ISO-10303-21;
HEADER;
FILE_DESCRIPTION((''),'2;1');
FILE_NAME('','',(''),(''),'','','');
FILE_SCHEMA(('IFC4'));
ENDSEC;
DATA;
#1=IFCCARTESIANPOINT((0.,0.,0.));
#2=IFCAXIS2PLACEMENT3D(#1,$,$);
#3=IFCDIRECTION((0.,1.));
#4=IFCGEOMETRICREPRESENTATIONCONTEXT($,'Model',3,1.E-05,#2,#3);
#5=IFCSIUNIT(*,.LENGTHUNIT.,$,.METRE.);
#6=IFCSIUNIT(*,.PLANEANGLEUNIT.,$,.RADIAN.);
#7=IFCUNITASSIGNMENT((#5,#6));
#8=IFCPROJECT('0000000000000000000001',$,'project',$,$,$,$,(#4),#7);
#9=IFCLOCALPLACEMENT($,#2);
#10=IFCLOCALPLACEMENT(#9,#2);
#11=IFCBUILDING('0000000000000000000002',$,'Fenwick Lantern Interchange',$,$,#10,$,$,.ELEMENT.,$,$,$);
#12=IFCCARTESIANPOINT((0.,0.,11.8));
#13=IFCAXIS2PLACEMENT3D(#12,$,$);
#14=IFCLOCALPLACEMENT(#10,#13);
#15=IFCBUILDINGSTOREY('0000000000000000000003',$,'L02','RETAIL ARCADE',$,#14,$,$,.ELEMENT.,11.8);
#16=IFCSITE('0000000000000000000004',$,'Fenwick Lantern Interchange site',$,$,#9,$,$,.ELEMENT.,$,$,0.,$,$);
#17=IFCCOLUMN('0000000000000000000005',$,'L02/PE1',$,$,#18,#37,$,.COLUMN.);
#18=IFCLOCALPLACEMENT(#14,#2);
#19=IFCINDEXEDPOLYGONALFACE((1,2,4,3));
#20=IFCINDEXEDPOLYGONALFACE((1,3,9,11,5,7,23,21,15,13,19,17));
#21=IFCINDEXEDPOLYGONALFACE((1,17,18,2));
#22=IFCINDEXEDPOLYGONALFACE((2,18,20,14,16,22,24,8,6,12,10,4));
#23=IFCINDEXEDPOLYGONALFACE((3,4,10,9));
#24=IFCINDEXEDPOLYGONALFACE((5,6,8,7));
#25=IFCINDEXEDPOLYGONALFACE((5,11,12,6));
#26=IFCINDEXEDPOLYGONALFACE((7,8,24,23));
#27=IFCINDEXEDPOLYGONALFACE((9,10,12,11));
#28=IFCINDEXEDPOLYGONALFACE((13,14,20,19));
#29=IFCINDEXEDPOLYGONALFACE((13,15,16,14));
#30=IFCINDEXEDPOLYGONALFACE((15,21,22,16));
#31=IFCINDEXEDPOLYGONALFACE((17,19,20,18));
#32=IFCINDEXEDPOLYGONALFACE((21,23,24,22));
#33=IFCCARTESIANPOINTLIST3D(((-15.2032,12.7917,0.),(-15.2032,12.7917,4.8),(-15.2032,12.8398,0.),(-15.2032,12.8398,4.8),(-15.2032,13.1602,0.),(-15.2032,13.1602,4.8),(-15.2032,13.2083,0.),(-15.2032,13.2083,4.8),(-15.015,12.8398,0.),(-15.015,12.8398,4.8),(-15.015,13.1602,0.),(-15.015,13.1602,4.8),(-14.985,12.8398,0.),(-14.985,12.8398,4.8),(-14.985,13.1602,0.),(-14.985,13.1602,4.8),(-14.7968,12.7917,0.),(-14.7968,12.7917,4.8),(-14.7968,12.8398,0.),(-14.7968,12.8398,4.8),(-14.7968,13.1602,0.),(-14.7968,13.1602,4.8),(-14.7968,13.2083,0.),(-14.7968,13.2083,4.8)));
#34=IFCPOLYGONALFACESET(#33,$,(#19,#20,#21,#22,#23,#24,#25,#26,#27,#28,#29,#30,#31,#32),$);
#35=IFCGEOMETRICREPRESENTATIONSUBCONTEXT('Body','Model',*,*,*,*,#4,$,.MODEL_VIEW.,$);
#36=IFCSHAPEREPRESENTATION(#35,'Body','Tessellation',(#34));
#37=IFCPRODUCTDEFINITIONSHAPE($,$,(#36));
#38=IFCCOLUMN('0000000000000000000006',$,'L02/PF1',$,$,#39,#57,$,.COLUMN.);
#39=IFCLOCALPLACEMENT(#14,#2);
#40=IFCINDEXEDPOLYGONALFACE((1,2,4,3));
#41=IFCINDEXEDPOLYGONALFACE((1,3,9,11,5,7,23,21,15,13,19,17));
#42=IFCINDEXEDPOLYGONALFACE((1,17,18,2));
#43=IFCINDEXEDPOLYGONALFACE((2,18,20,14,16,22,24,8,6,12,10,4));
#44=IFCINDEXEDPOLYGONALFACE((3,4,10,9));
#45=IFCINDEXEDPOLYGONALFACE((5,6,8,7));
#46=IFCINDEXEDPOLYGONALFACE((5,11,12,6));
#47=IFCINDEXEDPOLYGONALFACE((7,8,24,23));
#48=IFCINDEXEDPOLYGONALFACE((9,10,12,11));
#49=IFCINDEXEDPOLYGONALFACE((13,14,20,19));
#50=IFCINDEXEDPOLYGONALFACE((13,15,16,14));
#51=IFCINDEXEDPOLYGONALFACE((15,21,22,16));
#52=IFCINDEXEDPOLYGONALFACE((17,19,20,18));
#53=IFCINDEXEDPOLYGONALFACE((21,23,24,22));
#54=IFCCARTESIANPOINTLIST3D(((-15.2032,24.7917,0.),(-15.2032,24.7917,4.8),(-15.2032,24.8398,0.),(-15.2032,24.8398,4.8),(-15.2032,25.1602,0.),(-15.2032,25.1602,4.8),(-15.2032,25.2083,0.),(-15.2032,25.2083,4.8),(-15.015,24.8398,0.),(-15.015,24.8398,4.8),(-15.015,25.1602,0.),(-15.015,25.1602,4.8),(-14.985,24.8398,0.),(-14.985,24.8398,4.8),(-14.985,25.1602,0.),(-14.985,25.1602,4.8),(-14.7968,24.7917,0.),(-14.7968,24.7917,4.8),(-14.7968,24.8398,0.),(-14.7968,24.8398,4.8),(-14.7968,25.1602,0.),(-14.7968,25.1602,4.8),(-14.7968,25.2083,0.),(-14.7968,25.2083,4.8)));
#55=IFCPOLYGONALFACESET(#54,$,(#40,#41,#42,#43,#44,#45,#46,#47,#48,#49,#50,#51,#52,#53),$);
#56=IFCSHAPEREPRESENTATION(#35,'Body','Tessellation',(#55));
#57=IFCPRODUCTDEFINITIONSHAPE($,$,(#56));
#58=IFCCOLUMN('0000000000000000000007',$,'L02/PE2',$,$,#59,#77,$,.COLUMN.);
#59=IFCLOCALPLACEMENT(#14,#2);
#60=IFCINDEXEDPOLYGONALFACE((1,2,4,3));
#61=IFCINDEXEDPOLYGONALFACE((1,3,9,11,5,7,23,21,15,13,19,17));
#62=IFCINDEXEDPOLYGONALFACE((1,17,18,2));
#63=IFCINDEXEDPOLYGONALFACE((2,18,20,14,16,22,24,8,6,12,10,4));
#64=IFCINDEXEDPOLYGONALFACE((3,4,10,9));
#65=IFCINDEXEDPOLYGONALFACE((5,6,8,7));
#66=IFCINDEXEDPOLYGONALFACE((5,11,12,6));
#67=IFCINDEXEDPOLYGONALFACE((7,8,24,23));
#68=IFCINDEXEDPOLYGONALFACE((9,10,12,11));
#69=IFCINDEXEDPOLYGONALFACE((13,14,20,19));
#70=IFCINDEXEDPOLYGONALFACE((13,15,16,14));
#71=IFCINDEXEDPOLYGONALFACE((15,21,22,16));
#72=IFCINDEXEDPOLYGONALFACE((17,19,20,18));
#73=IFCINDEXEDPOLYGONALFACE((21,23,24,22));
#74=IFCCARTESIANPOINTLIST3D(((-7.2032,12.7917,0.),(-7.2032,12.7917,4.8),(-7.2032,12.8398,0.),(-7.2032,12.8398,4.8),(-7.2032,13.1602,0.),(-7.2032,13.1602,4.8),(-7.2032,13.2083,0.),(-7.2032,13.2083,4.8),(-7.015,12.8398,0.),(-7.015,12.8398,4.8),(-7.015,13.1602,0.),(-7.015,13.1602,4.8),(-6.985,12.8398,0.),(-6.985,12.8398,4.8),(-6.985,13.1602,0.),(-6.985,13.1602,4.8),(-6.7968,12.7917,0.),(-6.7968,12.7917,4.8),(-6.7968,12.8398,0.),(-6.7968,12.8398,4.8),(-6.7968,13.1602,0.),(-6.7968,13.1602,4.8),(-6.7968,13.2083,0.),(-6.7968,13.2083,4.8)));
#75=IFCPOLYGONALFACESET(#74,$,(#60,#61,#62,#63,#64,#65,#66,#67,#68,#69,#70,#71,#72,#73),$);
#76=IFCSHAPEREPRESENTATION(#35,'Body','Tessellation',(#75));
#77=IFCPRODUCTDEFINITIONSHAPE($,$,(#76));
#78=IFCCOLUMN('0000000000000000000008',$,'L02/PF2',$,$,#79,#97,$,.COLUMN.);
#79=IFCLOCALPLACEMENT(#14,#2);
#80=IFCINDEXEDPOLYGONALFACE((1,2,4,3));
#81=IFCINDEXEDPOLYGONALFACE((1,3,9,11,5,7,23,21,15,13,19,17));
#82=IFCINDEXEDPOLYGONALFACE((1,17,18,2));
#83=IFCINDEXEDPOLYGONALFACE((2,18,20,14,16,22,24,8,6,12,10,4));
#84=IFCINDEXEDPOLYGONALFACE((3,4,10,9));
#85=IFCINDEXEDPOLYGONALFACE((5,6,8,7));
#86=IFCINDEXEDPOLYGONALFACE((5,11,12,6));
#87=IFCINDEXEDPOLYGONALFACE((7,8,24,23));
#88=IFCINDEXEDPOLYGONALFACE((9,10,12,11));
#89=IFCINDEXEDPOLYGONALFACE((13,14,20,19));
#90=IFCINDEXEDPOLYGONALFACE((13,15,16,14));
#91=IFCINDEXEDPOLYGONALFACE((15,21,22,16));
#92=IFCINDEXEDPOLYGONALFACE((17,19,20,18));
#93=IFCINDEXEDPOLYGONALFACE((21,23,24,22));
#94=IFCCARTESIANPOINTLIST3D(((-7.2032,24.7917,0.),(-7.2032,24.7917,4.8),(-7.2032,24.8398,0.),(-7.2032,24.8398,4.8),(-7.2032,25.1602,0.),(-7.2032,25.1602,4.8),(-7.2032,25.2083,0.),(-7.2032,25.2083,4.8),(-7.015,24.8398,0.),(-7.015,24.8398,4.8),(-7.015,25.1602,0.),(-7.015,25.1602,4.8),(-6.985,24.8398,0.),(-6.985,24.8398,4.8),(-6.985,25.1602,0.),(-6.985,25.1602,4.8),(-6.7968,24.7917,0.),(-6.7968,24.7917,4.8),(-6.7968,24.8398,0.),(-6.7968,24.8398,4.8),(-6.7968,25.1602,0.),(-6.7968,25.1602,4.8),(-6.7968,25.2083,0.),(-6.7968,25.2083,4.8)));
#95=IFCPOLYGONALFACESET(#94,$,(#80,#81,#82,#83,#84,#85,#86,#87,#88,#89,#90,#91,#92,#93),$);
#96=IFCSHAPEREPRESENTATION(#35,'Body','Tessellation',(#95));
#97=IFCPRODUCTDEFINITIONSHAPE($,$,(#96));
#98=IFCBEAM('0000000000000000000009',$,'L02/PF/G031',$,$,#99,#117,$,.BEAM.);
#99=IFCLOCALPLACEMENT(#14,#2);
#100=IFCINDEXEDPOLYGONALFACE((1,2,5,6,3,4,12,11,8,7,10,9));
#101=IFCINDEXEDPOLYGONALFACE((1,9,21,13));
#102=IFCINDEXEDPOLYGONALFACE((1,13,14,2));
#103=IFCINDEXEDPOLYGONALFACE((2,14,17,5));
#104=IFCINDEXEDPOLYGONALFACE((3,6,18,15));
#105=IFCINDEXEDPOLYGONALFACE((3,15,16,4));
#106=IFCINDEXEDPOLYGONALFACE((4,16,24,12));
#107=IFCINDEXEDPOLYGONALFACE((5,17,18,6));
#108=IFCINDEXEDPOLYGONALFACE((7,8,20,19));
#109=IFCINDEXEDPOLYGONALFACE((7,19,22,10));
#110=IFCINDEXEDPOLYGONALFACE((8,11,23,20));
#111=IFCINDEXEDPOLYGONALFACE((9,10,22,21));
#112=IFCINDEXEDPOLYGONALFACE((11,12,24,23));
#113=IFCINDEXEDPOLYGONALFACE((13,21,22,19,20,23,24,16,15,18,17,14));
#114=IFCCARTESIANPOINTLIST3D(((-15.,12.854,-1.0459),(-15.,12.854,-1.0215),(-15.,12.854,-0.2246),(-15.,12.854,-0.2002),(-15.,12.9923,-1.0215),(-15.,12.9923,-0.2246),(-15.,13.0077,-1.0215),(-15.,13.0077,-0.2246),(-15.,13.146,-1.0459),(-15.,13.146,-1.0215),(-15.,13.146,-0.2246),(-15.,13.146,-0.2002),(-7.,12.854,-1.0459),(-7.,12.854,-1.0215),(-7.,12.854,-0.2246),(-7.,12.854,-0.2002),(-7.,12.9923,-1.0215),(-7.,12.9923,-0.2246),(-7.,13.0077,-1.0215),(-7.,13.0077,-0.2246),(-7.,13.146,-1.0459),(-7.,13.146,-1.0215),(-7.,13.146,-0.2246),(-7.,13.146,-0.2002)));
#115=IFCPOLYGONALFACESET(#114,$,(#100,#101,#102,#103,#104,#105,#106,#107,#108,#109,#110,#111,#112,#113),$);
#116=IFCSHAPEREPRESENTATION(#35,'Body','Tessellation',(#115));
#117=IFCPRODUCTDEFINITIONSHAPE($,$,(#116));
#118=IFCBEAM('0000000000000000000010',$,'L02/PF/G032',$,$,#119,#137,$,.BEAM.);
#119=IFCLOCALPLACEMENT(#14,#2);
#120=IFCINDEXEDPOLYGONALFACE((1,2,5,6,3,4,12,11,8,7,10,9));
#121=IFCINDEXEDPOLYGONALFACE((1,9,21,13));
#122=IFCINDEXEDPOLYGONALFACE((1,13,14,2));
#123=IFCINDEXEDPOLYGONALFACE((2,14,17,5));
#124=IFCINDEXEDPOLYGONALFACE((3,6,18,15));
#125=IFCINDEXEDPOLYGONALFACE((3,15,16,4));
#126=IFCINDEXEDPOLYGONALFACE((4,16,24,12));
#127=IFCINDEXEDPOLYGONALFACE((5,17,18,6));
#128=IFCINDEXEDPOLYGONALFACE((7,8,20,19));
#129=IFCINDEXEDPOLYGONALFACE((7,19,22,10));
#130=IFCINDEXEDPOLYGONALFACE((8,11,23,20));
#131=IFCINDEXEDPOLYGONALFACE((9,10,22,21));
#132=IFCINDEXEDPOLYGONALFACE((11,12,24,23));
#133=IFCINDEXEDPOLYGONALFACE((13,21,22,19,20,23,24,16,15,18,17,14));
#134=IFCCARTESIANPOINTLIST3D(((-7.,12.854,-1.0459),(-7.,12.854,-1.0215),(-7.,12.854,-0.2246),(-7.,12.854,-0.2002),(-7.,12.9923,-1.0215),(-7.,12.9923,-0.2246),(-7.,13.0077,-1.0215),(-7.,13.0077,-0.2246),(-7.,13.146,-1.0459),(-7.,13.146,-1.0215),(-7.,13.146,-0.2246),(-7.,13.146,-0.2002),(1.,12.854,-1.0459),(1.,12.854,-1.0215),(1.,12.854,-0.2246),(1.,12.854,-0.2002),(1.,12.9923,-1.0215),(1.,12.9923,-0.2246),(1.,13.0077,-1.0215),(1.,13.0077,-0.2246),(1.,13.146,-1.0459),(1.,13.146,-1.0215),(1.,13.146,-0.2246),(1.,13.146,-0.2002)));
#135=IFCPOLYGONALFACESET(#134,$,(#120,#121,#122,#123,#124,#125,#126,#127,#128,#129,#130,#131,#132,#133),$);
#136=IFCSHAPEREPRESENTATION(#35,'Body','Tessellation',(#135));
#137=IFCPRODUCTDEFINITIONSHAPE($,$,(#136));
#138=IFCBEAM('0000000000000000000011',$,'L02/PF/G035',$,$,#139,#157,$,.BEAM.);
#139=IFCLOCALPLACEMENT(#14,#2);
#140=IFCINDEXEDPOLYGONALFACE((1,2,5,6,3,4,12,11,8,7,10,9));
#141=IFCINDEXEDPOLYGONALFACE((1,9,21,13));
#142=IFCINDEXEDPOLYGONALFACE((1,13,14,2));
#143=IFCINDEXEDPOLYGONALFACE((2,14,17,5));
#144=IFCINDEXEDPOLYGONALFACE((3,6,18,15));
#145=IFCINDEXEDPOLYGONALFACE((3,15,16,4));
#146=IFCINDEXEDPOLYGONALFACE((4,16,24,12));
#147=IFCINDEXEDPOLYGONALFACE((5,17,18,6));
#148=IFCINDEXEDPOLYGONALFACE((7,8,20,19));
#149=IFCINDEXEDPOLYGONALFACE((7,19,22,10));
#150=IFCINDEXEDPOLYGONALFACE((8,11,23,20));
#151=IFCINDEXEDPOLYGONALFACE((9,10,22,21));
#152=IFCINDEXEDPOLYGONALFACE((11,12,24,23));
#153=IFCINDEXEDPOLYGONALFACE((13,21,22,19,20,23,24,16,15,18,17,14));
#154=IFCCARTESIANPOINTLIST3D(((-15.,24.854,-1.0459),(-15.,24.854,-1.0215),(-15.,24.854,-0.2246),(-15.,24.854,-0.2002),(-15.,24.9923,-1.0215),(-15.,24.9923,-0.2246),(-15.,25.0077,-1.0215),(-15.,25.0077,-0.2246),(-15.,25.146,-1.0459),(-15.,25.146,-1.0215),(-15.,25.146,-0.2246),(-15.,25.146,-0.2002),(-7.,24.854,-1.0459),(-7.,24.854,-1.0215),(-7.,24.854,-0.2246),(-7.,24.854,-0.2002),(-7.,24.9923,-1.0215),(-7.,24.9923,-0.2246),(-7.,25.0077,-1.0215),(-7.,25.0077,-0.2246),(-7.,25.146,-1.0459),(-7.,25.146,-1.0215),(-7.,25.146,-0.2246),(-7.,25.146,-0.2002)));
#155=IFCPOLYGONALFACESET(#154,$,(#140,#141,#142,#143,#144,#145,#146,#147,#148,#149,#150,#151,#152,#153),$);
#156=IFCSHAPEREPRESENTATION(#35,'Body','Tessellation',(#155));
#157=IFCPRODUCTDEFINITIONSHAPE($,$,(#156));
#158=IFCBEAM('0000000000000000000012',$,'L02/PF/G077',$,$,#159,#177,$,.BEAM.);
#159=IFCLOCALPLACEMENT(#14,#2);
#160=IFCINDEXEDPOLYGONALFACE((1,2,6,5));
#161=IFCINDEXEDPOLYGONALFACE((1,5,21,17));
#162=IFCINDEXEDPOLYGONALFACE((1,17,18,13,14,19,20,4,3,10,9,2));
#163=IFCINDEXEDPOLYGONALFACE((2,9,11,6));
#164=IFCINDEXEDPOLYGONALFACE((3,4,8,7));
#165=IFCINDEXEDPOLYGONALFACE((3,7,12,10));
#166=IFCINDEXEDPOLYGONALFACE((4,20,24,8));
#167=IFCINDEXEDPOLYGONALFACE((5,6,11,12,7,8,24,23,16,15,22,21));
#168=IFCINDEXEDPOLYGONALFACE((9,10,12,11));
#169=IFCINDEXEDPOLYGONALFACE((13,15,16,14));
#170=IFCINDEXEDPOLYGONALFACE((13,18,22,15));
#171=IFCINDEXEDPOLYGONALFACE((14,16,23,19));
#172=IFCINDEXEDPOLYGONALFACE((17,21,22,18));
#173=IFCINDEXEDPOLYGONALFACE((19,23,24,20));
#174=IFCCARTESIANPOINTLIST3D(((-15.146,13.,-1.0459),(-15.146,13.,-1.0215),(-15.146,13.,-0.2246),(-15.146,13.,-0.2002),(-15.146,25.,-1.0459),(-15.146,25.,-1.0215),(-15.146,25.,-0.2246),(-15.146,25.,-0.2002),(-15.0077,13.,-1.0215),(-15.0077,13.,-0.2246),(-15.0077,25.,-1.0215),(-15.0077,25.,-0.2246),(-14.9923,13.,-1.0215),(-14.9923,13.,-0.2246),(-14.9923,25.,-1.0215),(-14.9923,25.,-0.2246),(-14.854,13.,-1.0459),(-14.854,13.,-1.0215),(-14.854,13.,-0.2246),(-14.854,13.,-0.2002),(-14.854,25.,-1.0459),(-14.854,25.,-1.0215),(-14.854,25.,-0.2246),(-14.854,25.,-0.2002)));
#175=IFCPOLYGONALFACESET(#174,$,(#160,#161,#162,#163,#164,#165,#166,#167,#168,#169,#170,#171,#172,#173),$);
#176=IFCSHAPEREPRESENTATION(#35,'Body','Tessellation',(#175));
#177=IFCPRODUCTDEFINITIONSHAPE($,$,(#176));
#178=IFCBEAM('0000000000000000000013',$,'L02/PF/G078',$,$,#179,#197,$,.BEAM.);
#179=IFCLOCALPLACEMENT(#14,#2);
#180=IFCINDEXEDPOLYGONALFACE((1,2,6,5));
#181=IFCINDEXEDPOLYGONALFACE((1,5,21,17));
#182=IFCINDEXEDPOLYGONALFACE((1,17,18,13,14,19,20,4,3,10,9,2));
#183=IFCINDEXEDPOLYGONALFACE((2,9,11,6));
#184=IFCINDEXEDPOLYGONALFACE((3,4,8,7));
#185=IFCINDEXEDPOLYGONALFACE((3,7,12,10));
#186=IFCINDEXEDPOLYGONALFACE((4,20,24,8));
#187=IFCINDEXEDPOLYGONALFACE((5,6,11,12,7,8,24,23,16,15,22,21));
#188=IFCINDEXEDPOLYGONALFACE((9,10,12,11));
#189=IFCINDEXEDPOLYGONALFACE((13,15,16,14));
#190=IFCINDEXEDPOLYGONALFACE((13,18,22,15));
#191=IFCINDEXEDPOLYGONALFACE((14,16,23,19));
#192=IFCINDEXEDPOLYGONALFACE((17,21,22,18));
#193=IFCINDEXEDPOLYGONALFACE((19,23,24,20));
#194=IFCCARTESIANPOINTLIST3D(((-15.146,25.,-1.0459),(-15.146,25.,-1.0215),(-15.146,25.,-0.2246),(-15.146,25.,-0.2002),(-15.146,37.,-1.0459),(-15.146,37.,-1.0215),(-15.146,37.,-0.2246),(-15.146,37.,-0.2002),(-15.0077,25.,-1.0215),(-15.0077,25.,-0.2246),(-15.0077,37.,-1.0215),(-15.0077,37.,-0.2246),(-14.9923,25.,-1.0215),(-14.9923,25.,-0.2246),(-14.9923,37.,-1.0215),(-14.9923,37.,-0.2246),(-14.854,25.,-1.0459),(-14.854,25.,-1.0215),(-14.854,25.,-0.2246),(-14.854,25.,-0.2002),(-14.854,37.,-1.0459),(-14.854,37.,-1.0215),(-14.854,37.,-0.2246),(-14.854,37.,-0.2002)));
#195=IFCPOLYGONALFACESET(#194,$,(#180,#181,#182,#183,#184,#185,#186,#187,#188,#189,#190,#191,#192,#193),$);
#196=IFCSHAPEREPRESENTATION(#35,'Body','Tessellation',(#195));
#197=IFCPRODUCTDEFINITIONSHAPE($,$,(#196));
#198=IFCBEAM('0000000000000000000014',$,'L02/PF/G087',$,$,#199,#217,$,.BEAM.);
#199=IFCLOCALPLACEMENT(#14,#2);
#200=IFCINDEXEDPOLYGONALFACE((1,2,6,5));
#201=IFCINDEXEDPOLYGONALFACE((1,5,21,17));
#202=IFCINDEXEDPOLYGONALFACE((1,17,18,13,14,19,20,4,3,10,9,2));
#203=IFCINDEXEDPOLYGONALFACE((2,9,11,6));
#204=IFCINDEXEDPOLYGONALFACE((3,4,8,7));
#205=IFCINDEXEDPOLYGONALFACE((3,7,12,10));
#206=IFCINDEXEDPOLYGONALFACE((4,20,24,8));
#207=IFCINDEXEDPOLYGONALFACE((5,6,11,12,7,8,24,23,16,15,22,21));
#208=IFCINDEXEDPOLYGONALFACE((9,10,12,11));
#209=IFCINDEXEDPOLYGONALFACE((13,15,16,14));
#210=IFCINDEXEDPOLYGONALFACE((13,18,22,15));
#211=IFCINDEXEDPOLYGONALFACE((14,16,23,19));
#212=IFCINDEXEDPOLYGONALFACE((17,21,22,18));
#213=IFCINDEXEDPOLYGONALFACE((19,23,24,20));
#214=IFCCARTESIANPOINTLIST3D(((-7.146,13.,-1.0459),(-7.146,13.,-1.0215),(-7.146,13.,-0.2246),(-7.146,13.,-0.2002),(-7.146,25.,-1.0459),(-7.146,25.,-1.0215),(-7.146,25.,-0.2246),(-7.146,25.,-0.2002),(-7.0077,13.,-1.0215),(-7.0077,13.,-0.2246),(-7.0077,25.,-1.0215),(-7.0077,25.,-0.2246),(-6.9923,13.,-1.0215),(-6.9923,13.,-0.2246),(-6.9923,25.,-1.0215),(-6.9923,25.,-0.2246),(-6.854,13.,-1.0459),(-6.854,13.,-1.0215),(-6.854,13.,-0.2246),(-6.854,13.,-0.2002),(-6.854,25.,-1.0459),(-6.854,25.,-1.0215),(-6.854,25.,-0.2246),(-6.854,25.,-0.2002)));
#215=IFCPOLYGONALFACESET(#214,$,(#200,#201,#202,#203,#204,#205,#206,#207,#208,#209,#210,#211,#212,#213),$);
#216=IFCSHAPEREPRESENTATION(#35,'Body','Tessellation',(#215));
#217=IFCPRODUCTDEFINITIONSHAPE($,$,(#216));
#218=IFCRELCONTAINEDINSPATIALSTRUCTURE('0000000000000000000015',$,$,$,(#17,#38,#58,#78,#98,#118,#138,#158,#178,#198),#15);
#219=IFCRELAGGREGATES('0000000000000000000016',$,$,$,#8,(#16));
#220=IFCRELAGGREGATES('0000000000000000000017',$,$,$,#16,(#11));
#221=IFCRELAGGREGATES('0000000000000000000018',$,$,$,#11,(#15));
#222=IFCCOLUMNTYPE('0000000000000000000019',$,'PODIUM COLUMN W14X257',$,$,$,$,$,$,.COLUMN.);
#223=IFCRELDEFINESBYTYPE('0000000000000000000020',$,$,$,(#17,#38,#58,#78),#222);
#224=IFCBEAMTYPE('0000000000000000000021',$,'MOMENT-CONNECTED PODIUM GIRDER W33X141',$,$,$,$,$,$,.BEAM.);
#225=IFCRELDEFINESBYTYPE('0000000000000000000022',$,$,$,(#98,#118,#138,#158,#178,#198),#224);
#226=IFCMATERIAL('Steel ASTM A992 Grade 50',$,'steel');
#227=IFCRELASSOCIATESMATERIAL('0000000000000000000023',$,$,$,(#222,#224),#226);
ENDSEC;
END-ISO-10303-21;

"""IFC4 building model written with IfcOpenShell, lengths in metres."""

from ifc_helpers import new_model, si_unit, direction, frame, origin, origin_2d, place, context, subcontext, project, spatial, i_section, extrude, material, material_profile, profile_set, type_object, element, save


model = new_model("IFC4")

# Units and contexts
model_context = context("Model", 3, precision=1e-05, world=origin(), true_north=direction((0.0, 1.0)))
body_context = subcontext(model_context, "Body", "Model", "MODEL_VIEW")
ifc_project = project(units=[si_unit("LENGTHUNIT", "METRE"), si_unit("PLANEANGLEUNIT", "RADIAN")], contexts=[model_context])

# Site, building, storey
site_placement = place(None, origin())
site = spatial("IfcSite", under=ifc_project, at=site_placement, Name="Fenwick Lantern Interchange site", CompositionType="ELEMENT", RefElevation=0.0)
building_placement = place(site_placement, origin())
building = spatial("IfcBuilding", under=site, at=building_placement, Name="Fenwick Lantern Interchange", CompositionType="ELEMENT")
storey_placement = place(building_placement, frame((0.0, 0.0, 11.8)))
storey = spatial("IfcBuildingStorey", under=building, at=storey_placement, Name="L02", Description="RETAIL ARCADE", CompositionType="ELEMENT", Elevation=11.8)

# Columns
ifc_material_1 = material(Name="Steel ASTM A992 Grade 50", Category="steel")
ifc_material_profile_1 = material_profile(ifc_material_1, i_section(OverallWidth=0.4065, OverallDepth=0.4165, WebThickness=0.03, FlangeThickness=0.0481, at=origin_2d()), Name="W14X257")
ifc_profile_set_1 = profile_set([ifc_material_profile_1], Name="Steel ASTM A992 Grade 50")
column_type = type_object("IfcColumnType", Name="PODIUM COLUMN W14X257", PredefinedType="COLUMN", material=ifc_profile_set_1)
for number, where, z_axis, x_axis, name in (
    (1, (-15.0, 13.0, 0.0), (0.0, 0.0, 1.0), (1.0, 0.0, 0.0), "L02/PE1"),
    (2, (-15.0, 25.0, 0.0), (0.0, 0.0, 1.0), (1.0, 0.0, 0.0), "L02/PF1"),
    (3, (-7.0, 13.0, 0.0), (0.0, 0.0, 1.0), (1.0, 0.0, 0.0), "L02/PE2"),
    (4, (-7.0, 25.0, 0.0), (0.0, 0.0, 1.0), (1.0, 0.0, 0.0), "L02/PF2"),
):
    element("IfcColumn", number, at=place(storey_placement, frame(where, z_axis=z_axis, x_axis=x_axis)), inside=storey, type_object=column_type, Name=name, PredefinedType="COLUMN", context=body_context, shape_type="SweptSolid", body=[
        extrude(i_section(OverallWidth=0.4065, OverallDepth=0.4165, WebThickness=0.03, FlangeThickness=0.0481, at=origin_2d()), origin(), (0.0, 0.0, 1.0), 4.8),
    ])

# Beams
ifc_material_profile_2 = material_profile(ifc_material_1, i_section(OverallWidth=0.292, OverallDepth=0.8457, WebThickness=0.0154, FlangeThickness=0.0244, at=origin_2d()), Name="W33X141")
ifc_profile_set_2 = profile_set([ifc_material_profile_2], Name="Steel ASTM A992 Grade 50")
beam_type_1 = type_object("IfcBeamType", Name="MOMENT-CONNECTED PODIUM GIRDER W33X141", PredefinedType="BEAM", material=ifc_profile_set_2)
for number, where, z_axis, x_axis, name in (
    (5, (-15.0, 13.0, -0.623), (1.0, 0.0, 0.0), (0.0, 1.0, 0.0), "L02/PF/G031"),
    (6, (-7.0, 13.0, -0.623), (1.0, 0.0, 0.0), (0.0, 1.0, 0.0), "L02/PF/G032"),
    (7, (-15.0, 25.0, -0.623), (1.0, 0.0, 0.0), (0.0, 1.0, 0.0), "L02/PF/G035"),
):
    element("IfcBeam", number, at=place(storey_placement, frame(where, z_axis=z_axis, x_axis=x_axis)), inside=storey, type_object=beam_type_1, Name=name, PredefinedType="BEAM", context=body_context, shape_type="SweptSolid", body=[
        extrude(i_section(OverallWidth=0.292, OverallDepth=0.8457, WebThickness=0.0154, FlangeThickness=0.0244, at=origin_2d()), origin(), (0.0, 0.0, 1.0), 8.0),
    ])
for number, where, z_axis, x_axis, name in (
    (8, (-15.0, 13.0, -0.623), (0.0, 1.0, 0.0), (-1.0, 0.0, 0.0), "L02/PF/G077"),
    (9, (-15.0, 25.0, -0.623), (0.0, 1.0, 0.0), (-1.0, 0.0, 0.0), "L02/PF/G078"),
    (10, (-7.0, 13.0, -0.623), (0.0, 1.0, 0.0), (-1.0, 0.0, 0.0), "L02/PF/G087"),
):
    element("IfcBeam", number, at=place(storey_placement, frame(where, z_axis=z_axis, x_axis=x_axis)), inside=storey, type_object=beam_type_1, Name=name, PredefinedType="BEAM", context=body_context, shape_type="SweptSolid", body=[
        extrude(i_section(OverallWidth=0.292, OverallDepth=0.8457, WebThickness=0.0154, FlangeThickness=0.0244, at=origin_2d()), origin(), (0.0, 0.0, 1.0), 12.0),
    ])

save(model, "model.ifc")
